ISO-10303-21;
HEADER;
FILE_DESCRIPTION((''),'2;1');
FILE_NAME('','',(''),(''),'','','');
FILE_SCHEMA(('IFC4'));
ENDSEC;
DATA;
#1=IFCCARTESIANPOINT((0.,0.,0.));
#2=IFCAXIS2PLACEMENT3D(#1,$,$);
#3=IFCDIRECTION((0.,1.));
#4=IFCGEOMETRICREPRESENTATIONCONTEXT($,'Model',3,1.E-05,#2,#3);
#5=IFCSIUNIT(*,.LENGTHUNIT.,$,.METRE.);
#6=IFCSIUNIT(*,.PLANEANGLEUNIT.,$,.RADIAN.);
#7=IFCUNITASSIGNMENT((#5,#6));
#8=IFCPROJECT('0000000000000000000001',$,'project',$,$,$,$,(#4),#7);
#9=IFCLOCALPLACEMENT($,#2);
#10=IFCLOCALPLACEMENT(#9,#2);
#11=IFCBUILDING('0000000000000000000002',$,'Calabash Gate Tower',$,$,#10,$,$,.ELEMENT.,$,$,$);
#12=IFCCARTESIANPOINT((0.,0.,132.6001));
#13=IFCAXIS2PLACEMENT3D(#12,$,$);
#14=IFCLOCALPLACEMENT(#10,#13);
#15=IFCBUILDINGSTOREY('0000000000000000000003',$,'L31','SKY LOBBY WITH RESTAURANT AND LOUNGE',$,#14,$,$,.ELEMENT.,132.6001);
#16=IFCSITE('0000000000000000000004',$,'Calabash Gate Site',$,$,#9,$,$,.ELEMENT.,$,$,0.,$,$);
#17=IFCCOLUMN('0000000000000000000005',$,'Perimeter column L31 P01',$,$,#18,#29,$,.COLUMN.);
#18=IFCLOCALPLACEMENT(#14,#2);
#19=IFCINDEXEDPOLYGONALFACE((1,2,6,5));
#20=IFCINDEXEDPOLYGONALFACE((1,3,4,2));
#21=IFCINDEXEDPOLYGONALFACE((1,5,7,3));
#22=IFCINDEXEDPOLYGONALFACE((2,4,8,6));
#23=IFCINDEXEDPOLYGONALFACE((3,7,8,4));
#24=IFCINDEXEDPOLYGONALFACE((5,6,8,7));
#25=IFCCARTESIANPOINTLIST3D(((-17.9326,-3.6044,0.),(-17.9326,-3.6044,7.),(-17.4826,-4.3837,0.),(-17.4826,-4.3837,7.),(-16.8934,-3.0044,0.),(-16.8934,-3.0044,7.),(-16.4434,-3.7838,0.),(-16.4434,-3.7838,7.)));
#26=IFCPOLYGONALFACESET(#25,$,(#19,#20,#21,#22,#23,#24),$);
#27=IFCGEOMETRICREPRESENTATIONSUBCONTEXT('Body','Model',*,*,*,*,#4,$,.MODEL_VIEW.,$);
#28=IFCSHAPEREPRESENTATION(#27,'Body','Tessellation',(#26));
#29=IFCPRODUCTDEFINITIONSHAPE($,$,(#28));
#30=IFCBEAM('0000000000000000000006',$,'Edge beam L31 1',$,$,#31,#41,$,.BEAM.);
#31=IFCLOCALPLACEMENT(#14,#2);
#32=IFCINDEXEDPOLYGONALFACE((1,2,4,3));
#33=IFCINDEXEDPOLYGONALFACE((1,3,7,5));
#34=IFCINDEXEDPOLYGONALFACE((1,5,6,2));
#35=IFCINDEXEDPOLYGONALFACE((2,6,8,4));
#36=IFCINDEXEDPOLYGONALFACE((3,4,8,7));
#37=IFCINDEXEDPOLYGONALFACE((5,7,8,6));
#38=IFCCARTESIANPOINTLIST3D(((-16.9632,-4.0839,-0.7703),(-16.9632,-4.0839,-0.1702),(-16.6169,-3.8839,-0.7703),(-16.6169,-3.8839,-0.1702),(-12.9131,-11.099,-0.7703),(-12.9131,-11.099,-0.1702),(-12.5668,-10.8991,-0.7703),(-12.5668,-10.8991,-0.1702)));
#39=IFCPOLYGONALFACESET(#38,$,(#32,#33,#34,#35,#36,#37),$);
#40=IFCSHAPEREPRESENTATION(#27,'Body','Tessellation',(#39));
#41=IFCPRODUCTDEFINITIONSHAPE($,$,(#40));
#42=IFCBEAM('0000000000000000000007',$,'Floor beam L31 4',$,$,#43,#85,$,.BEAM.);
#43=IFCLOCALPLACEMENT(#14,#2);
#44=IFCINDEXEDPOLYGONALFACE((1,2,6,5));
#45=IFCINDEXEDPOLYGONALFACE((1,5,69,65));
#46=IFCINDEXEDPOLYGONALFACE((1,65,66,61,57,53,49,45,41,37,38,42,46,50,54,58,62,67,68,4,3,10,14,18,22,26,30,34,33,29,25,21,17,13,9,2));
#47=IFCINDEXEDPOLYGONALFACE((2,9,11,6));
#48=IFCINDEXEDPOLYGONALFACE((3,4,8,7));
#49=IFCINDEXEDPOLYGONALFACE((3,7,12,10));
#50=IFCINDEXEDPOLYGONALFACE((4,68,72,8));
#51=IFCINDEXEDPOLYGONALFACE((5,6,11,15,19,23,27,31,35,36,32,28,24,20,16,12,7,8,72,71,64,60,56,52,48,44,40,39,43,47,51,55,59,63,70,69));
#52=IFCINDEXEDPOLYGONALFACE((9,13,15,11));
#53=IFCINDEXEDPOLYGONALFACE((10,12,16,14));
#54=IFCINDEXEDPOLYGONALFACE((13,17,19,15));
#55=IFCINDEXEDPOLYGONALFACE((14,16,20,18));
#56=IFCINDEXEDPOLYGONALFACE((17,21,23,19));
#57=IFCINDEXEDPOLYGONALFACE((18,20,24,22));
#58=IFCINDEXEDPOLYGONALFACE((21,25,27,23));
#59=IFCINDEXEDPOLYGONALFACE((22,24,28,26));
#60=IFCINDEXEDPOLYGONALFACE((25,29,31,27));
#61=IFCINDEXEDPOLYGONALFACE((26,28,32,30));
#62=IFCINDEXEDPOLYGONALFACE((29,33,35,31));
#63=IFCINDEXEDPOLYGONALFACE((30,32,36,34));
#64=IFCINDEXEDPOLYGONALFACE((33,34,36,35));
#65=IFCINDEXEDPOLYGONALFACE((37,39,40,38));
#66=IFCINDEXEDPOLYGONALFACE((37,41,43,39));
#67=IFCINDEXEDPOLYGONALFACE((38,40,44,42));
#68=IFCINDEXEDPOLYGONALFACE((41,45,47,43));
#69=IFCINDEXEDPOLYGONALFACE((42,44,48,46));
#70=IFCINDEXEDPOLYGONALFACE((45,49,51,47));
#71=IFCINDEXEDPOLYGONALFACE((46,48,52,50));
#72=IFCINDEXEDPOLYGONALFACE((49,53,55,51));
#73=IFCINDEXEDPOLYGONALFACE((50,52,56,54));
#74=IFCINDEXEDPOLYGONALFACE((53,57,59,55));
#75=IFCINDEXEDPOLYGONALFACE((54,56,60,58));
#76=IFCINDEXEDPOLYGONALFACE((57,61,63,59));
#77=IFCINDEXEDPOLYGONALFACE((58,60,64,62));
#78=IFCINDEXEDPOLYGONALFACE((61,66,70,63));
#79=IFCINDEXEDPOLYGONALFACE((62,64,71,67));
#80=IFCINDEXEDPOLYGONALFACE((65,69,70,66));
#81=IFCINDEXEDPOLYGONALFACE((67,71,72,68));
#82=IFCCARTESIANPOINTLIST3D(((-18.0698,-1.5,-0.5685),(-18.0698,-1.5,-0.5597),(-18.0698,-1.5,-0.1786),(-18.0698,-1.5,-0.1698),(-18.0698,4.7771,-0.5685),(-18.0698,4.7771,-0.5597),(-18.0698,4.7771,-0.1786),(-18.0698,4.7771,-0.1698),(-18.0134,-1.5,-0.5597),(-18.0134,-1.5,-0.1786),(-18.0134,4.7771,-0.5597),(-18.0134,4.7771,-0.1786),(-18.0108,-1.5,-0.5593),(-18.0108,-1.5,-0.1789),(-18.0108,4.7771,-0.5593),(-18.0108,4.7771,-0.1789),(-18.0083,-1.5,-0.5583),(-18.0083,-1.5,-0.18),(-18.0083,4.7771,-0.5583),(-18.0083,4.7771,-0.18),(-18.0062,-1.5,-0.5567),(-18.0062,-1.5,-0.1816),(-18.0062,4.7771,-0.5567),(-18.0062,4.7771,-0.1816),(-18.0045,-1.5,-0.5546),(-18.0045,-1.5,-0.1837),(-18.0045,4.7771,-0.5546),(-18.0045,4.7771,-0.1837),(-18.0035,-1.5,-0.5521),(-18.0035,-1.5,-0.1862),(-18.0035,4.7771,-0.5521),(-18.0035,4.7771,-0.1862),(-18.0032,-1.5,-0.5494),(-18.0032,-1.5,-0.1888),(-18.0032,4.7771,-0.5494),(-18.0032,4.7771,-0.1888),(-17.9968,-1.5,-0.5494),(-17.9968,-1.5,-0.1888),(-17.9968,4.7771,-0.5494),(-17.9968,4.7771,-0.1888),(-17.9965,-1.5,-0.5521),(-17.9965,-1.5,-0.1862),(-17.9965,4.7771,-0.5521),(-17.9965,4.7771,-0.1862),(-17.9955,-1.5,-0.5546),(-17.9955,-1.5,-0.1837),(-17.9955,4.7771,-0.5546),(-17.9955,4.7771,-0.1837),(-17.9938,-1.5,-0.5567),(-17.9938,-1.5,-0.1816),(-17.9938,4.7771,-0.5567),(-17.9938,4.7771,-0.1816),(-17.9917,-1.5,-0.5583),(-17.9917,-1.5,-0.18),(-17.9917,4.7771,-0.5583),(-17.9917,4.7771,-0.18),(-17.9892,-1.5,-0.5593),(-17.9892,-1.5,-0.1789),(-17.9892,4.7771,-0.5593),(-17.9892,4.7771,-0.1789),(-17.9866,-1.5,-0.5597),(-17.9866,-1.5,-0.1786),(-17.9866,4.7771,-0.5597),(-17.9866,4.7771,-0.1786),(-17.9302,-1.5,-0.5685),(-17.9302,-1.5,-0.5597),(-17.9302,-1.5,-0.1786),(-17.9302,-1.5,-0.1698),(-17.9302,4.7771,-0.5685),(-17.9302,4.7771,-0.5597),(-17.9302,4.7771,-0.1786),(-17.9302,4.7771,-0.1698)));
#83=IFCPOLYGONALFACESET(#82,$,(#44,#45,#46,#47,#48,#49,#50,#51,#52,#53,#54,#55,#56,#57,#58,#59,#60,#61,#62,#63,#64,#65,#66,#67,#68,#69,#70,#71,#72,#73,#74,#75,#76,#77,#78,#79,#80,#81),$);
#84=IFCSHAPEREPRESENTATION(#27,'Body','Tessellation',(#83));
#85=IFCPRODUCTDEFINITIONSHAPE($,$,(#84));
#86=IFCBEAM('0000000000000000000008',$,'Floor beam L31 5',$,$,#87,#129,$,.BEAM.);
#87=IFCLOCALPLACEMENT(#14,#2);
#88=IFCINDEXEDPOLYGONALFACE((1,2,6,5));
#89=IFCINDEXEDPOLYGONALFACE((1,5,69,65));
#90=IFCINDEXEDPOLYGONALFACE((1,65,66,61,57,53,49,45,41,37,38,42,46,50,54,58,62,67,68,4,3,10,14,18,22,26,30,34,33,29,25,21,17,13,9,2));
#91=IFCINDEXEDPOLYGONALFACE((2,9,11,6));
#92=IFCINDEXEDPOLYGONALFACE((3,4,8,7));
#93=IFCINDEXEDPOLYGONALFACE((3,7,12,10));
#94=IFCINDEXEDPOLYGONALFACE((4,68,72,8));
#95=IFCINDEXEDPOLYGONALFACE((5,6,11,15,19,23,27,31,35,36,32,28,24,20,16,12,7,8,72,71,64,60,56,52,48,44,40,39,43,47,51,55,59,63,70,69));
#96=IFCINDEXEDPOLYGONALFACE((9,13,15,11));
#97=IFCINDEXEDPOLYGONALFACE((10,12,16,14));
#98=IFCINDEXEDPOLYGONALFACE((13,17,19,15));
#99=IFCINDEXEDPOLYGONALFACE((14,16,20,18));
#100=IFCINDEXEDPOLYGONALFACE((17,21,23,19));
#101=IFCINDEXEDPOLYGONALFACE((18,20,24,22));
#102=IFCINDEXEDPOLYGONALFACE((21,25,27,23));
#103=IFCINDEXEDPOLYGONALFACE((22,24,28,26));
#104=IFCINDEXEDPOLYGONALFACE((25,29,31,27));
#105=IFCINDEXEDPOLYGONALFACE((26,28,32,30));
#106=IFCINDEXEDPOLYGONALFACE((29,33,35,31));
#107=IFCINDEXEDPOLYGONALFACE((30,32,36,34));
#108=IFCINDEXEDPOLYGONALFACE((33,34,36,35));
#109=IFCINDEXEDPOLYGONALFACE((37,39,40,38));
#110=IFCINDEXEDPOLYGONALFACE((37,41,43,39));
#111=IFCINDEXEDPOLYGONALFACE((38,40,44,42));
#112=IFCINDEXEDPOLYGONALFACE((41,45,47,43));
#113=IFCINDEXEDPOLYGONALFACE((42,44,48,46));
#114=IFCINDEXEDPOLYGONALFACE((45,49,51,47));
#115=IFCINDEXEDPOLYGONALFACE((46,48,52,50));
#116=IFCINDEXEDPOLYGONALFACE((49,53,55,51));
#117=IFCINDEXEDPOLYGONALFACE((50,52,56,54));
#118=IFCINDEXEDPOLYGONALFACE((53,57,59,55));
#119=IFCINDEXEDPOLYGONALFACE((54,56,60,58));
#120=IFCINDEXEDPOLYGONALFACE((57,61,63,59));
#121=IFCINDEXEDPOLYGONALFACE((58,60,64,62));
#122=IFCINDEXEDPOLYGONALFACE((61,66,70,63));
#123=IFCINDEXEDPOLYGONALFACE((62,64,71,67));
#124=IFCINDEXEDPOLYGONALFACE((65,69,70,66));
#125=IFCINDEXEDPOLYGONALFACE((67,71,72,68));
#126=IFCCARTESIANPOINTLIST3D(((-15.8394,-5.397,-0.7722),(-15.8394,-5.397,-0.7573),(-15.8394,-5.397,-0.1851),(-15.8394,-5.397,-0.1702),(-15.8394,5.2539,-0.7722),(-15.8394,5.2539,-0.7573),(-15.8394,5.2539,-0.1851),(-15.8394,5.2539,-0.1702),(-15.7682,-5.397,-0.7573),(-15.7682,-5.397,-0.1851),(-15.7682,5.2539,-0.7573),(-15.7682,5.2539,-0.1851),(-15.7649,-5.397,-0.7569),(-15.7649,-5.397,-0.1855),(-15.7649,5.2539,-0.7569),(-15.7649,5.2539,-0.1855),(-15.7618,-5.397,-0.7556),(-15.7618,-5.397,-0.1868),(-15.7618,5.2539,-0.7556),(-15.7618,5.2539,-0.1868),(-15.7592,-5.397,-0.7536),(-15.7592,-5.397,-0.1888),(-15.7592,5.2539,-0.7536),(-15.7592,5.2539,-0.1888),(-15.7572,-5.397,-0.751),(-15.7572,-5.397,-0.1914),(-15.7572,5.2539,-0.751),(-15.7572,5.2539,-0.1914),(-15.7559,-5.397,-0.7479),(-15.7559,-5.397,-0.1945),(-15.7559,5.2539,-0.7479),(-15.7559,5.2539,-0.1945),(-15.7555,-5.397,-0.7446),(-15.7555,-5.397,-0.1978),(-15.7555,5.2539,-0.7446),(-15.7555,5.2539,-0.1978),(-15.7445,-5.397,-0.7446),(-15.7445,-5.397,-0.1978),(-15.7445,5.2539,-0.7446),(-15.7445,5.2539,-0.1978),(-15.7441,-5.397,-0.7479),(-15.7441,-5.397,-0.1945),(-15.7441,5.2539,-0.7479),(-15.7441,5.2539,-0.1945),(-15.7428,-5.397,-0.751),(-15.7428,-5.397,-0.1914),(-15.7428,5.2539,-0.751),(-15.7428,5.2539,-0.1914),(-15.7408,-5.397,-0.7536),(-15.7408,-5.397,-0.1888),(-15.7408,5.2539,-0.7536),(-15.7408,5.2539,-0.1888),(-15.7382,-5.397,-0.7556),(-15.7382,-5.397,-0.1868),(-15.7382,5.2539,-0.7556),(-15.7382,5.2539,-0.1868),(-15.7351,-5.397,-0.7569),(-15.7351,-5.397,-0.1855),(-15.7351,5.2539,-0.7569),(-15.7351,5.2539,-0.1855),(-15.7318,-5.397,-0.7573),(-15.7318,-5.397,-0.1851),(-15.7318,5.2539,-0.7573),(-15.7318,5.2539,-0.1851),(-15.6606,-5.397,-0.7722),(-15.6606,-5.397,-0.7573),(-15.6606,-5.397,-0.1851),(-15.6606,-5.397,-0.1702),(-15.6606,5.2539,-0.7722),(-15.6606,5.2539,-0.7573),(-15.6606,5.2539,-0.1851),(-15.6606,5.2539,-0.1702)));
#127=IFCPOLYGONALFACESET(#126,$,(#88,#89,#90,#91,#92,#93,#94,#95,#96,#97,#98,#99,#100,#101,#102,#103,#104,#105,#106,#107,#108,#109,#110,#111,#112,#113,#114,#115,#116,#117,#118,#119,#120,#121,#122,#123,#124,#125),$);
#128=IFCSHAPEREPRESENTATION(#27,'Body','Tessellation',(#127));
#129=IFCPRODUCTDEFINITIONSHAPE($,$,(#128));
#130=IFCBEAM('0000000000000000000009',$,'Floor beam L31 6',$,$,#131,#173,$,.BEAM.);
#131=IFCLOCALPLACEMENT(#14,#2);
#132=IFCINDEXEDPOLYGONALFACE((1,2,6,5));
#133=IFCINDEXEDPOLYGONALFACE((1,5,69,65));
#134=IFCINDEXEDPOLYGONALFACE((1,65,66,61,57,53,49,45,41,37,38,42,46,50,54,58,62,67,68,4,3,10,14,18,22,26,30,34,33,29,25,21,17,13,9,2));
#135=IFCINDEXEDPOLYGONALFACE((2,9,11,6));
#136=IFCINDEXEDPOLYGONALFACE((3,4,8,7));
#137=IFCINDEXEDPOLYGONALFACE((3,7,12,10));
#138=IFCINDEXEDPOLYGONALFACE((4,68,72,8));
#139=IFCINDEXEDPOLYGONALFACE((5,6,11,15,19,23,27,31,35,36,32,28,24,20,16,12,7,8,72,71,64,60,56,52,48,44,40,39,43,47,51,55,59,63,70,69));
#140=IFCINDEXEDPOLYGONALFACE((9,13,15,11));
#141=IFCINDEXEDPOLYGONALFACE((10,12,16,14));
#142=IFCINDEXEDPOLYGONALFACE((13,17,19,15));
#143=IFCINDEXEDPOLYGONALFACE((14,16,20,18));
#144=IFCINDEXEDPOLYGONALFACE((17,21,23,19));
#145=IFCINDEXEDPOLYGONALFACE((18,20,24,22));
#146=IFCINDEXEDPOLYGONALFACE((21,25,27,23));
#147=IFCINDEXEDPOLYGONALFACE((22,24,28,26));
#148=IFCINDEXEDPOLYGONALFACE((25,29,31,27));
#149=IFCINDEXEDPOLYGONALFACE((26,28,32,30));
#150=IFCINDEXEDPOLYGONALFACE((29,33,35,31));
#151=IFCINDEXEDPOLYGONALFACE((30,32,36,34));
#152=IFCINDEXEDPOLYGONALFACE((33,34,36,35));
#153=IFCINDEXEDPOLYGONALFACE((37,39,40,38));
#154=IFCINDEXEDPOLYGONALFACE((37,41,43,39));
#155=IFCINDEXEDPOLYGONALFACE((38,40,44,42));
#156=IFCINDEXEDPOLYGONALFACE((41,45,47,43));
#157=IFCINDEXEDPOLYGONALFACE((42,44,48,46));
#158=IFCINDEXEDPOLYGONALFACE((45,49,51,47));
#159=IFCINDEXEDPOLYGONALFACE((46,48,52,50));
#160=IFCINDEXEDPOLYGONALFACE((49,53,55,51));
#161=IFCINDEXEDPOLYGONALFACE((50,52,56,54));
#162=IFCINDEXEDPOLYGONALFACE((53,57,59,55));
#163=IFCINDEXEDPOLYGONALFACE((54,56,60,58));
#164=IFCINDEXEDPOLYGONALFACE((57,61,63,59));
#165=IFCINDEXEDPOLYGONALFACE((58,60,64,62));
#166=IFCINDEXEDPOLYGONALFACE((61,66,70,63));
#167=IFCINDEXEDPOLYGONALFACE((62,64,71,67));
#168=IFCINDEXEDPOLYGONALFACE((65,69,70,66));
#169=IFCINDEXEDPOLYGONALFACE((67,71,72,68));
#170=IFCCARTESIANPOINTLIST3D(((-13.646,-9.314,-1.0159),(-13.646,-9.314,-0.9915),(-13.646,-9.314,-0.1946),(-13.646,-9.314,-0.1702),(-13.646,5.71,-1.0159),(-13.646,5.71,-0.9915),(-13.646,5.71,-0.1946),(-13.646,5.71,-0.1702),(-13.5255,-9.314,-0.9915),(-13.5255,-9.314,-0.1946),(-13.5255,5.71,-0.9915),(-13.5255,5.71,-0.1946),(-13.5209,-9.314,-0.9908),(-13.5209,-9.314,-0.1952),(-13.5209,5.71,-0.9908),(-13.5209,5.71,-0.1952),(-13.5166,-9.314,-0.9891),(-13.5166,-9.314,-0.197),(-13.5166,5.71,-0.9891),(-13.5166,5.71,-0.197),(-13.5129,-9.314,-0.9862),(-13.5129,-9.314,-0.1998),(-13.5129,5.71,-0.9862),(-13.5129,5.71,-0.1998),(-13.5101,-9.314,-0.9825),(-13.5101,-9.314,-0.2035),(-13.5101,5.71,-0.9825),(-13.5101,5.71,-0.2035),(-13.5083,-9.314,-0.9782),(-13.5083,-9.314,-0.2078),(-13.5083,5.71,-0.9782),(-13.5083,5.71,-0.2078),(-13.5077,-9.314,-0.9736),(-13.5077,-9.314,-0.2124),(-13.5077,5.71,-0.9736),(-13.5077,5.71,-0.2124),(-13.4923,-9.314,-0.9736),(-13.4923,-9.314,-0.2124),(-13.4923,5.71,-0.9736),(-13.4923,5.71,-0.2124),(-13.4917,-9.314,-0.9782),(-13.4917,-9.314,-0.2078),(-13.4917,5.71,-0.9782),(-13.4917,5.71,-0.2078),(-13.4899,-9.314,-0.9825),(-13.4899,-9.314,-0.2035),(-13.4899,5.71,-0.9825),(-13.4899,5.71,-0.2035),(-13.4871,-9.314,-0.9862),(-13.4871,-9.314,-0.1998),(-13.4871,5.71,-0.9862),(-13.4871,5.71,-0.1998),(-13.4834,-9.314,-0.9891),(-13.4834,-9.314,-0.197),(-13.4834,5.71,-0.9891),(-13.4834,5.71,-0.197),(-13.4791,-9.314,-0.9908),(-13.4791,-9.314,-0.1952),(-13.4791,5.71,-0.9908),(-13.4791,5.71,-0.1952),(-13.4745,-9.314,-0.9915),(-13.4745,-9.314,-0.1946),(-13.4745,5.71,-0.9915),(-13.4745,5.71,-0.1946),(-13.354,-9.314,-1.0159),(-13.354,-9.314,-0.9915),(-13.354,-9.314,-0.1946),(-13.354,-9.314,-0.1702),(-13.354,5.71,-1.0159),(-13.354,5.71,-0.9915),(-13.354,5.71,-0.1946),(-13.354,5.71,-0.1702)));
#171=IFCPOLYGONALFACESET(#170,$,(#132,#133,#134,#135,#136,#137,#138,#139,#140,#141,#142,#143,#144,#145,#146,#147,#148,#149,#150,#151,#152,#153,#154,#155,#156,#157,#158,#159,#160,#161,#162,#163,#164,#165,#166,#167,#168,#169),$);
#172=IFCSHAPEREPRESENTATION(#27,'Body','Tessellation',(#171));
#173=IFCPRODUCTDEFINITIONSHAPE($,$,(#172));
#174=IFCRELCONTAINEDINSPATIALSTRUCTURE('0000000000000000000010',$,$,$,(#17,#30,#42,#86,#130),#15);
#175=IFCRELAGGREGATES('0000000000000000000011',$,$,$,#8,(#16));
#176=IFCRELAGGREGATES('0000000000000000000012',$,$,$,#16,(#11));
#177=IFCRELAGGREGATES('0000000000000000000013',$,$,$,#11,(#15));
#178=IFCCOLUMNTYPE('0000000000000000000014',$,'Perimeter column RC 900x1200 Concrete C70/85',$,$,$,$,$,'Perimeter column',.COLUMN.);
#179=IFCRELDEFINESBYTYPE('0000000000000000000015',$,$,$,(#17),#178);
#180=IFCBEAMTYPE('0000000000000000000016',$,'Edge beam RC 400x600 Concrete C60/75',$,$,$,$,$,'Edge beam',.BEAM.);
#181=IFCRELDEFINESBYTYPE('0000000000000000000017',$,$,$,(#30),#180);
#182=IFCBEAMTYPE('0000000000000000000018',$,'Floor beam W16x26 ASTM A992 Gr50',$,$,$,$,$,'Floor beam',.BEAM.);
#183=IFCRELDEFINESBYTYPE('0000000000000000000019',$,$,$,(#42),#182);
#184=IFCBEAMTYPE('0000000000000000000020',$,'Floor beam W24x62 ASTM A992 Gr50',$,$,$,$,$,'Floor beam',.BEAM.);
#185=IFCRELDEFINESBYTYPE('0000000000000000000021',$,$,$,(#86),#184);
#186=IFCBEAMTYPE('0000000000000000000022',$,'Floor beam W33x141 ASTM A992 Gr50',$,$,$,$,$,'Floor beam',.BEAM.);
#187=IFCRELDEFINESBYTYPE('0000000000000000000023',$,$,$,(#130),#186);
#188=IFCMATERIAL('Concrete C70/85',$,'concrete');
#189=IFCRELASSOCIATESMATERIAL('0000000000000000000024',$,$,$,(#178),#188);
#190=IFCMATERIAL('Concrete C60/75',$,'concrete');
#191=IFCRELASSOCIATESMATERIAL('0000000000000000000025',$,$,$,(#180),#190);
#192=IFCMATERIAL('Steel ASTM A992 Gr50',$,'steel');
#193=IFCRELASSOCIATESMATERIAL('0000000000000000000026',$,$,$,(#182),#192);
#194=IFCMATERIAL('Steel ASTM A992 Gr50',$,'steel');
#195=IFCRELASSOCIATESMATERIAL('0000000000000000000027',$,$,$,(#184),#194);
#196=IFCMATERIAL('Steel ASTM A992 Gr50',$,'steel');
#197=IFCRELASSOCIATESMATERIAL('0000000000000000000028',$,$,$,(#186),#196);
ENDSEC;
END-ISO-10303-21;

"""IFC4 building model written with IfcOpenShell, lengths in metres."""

from ifc_helpers import new_model, si_unit, direction, frame, origin, origin_2d, place, context, subcontext, project, spatial, rectangle, i_section, extrude, material, material_profile, profile_set, type_object, element, save


model = new_model("IFC4")

# Units and contexts
model_context = context("Model", 3, precision=1e-05, world=origin(), true_north=direction((0.0, 1.0)))
body_context = subcontext(model_context, "Body", "Model", "MODEL_VIEW")
ifc_project = project(units=[si_unit("LENGTHUNIT", "METRE"), si_unit("PLANEANGLEUNIT", "RADIAN")], contexts=[model_context])

# Site, building, storey
site_placement = place(None, origin())
site = spatial("IfcSite", under=ifc_project, at=site_placement, Name="Calabash Gate Site", CompositionType="ELEMENT", RefElevation=0.0)
building_placement = place(site_placement, origin())
building = spatial("IfcBuilding", under=site, at=building_placement, Name="Calabash Gate Tower", CompositionType="ELEMENT")
storey_placement = place(building_placement, frame((0.0, 0.0, 132.6001)))
storey = spatial("IfcBuildingStorey", under=building, at=storey_placement, Name="L31", Description="SKY LOBBY WITH RESTAURANT AND LOUNGE", CompositionType="ELEMENT", Elevation=132.6001)

# Column
ifc_material_1 = material(Name="Concrete C70/85", Category="concrete")
ifc_material_profile_1 = material_profile(ifc_material_1, rectangle(XDim=0.8999, YDim=1.2, at=origin_2d()))
ifc_profile_set_1 = profile_set([ifc_material_profile_1], Name="Concrete C70/85")
column_type = type_object("IfcColumnType", Name="Perimeter column RC 900x1200 Concrete C70/85", ElementType="Perimeter column", PredefinedType="COLUMN", material=ifc_profile_set_1)
column_placement = place(storey_placement, frame((-17.188, -3.6941, 0.0), z_axis=(0.0, 0.0, 1.0), x_axis=(0.5, -0.866025, 0.0)))
element("IfcColumn", 1, at=column_placement, inside=storey, type_object=column_type, Name="Perimeter column L31 P01", PredefinedType="COLUMN", context=body_context, shape_type="SweptSolid", body=[
    extrude(rectangle(XDim=0.8999, YDim=1.2, at=origin_2d()), origin(), (0.0, 0.0, 1.0), 7.0),
])

# Beams
ifc_material_2 = material(Name="Concrete C60/75", Category="concrete")
ifc_material_profile_2 = material_profile(ifc_material_2, rectangle(XDim=0.3999, YDim=0.6001, at=origin_2d()))
ifc_profile_set_2 = profile_set([ifc_material_profile_2], Name="Concrete C60/75")
beam_type_1 = type_object("IfcBeamType", Name="Edge beam RC 400x600 Concrete C60/75", ElementType="Edge beam", PredefinedType="BEAM", material=ifc_profile_set_2)
beam_1_placement = place(storey_placement, frame((-16.79, -3.9839, -0.4702), z_axis=(0.499987, -0.866033, 0.0), x_axis=(0.866033, 0.499987, 0.0)))
element("IfcBeam", 2, at=beam_1_placement, inside=storey, type_object=beam_type_1, Name="Edge beam L31 1", PredefinedType="BEAM", context=body_context, shape_type="SweptSolid", body=[
    extrude(rectangle(XDim=0.3999, YDim=0.6001, at=origin_2d()), origin(), (0.0, 0.0, 1.0), 8.1003),
])
ifc_material_3 = material(Name="Steel ASTM A992 Gr50", Category="steel")
ifc_material_profile_3 = material_profile(ifc_material_3, i_section(OverallWidth=0.1396, OverallDepth=0.3987, WebThickness=0.0063, FlangeThickness=0.0088, FilletRadius=0.0103, at=origin_2d()))
ifc_profile_set_3 = profile_set([ifc_material_profile_3], Name="Steel ASTM A992 Gr50")
beam_type_2 = type_object("IfcBeamType", Name="Floor beam W16x26 ASTM A992 Gr50", ElementType="Floor beam", PredefinedType="BEAM", material=ifc_profile_set_3)
beam_2_placement = place(storey_placement, frame((-18.0, -1.5, -0.3691), z_axis=(0.0, 1.0, 0.0), x_axis=(-1.0, 0.0, 0.0)))
element("IfcBeam", 3, at=beam_2_placement, inside=storey, type_object=beam_type_2, Name="Floor beam L31 4", PredefinedType="BEAM", context=body_context, shape_type="SweptSolid", body=[
    extrude(i_section(OverallWidth=0.1396, OverallDepth=0.3987, WebThickness=0.0063, FlangeThickness=0.0088, FilletRadius=0.0103, at=origin_2d()), origin(), (0.0, 0.0, 1.0), 6.2771),
])
ifc_material_4 = material(Name="Steel ASTM A992 Gr50", Category="steel")
ifc_material_profile_4 = material_profile(ifc_material_4, i_section(OverallWidth=0.1787, OverallDepth=0.6021, WebThickness=0.011, FlangeThickness=0.0149, FilletRadius=0.0127, at=origin_2d()))
ifc_profile_set_4 = profile_set([ifc_material_profile_4], Name="Steel ASTM A992 Gr50")
beam_type_3 = type_object("IfcBeamType", Name="Floor beam W24x62 ASTM A992 Gr50", ElementType="Floor beam", PredefinedType="BEAM", material=ifc_profile_set_4)
beam_3_placement = place(storey_placement, frame((-15.75, -5.397, -0.4712), z_axis=(0.0, 1.0, 0.0), x_axis=(-1.0, 0.0, 0.0)))
element("IfcBeam", 4, at=beam_3_placement, inside=storey, type_object=beam_type_3, Name="Floor beam L31 5", PredefinedType="BEAM", context=body_context, shape_type="SweptSolid", body=[
    extrude(i_section(OverallWidth=0.1787, OverallDepth=0.6021, WebThickness=0.011, FlangeThickness=0.0149, FilletRadius=0.0127, at=origin_2d()), origin(), (0.0, 0.0, 1.0), 10.6509),
])
ifc_material_5 = material(Name="Steel ASTM A992 Gr50", Category="steel")
ifc_material_profile_5 = material_profile(ifc_material_5, i_section(OverallWidth=0.292, OverallDepth=0.8457, WebThickness=0.0154, FlangeThickness=0.0244, FilletRadius=0.0178, at=origin_2d()))
ifc_profile_set_5 = profile_set([ifc_material_profile_5], Name="Steel ASTM A992 Gr50")
beam_type_4 = type_object("IfcBeamType", Name="Floor beam W33x141 ASTM A992 Gr50", ElementType="Floor beam", PredefinedType="BEAM", material=ifc_profile_set_5)
beam_4_placement = place(storey_placement, frame((-13.5, -9.314, -0.593), z_axis=(0.0, 1.0, 0.0), x_axis=(-1.0, 0.0, 0.0)))
element("IfcBeam", 5, at=beam_4_placement, inside=storey, type_object=beam_type_4, Name="Floor beam L31 6", PredefinedType="BEAM", context=body_context, shape_type="SweptSolid", body=[
    extrude(i_section(OverallWidth=0.292, OverallDepth=0.8457, WebThickness=0.0154, FlangeThickness=0.0244, FilletRadius=0.0178, at=origin_2d()), origin(), (0.0, 0.0, 1.0), 15.0239),
])

save(model, "model.ifc")
